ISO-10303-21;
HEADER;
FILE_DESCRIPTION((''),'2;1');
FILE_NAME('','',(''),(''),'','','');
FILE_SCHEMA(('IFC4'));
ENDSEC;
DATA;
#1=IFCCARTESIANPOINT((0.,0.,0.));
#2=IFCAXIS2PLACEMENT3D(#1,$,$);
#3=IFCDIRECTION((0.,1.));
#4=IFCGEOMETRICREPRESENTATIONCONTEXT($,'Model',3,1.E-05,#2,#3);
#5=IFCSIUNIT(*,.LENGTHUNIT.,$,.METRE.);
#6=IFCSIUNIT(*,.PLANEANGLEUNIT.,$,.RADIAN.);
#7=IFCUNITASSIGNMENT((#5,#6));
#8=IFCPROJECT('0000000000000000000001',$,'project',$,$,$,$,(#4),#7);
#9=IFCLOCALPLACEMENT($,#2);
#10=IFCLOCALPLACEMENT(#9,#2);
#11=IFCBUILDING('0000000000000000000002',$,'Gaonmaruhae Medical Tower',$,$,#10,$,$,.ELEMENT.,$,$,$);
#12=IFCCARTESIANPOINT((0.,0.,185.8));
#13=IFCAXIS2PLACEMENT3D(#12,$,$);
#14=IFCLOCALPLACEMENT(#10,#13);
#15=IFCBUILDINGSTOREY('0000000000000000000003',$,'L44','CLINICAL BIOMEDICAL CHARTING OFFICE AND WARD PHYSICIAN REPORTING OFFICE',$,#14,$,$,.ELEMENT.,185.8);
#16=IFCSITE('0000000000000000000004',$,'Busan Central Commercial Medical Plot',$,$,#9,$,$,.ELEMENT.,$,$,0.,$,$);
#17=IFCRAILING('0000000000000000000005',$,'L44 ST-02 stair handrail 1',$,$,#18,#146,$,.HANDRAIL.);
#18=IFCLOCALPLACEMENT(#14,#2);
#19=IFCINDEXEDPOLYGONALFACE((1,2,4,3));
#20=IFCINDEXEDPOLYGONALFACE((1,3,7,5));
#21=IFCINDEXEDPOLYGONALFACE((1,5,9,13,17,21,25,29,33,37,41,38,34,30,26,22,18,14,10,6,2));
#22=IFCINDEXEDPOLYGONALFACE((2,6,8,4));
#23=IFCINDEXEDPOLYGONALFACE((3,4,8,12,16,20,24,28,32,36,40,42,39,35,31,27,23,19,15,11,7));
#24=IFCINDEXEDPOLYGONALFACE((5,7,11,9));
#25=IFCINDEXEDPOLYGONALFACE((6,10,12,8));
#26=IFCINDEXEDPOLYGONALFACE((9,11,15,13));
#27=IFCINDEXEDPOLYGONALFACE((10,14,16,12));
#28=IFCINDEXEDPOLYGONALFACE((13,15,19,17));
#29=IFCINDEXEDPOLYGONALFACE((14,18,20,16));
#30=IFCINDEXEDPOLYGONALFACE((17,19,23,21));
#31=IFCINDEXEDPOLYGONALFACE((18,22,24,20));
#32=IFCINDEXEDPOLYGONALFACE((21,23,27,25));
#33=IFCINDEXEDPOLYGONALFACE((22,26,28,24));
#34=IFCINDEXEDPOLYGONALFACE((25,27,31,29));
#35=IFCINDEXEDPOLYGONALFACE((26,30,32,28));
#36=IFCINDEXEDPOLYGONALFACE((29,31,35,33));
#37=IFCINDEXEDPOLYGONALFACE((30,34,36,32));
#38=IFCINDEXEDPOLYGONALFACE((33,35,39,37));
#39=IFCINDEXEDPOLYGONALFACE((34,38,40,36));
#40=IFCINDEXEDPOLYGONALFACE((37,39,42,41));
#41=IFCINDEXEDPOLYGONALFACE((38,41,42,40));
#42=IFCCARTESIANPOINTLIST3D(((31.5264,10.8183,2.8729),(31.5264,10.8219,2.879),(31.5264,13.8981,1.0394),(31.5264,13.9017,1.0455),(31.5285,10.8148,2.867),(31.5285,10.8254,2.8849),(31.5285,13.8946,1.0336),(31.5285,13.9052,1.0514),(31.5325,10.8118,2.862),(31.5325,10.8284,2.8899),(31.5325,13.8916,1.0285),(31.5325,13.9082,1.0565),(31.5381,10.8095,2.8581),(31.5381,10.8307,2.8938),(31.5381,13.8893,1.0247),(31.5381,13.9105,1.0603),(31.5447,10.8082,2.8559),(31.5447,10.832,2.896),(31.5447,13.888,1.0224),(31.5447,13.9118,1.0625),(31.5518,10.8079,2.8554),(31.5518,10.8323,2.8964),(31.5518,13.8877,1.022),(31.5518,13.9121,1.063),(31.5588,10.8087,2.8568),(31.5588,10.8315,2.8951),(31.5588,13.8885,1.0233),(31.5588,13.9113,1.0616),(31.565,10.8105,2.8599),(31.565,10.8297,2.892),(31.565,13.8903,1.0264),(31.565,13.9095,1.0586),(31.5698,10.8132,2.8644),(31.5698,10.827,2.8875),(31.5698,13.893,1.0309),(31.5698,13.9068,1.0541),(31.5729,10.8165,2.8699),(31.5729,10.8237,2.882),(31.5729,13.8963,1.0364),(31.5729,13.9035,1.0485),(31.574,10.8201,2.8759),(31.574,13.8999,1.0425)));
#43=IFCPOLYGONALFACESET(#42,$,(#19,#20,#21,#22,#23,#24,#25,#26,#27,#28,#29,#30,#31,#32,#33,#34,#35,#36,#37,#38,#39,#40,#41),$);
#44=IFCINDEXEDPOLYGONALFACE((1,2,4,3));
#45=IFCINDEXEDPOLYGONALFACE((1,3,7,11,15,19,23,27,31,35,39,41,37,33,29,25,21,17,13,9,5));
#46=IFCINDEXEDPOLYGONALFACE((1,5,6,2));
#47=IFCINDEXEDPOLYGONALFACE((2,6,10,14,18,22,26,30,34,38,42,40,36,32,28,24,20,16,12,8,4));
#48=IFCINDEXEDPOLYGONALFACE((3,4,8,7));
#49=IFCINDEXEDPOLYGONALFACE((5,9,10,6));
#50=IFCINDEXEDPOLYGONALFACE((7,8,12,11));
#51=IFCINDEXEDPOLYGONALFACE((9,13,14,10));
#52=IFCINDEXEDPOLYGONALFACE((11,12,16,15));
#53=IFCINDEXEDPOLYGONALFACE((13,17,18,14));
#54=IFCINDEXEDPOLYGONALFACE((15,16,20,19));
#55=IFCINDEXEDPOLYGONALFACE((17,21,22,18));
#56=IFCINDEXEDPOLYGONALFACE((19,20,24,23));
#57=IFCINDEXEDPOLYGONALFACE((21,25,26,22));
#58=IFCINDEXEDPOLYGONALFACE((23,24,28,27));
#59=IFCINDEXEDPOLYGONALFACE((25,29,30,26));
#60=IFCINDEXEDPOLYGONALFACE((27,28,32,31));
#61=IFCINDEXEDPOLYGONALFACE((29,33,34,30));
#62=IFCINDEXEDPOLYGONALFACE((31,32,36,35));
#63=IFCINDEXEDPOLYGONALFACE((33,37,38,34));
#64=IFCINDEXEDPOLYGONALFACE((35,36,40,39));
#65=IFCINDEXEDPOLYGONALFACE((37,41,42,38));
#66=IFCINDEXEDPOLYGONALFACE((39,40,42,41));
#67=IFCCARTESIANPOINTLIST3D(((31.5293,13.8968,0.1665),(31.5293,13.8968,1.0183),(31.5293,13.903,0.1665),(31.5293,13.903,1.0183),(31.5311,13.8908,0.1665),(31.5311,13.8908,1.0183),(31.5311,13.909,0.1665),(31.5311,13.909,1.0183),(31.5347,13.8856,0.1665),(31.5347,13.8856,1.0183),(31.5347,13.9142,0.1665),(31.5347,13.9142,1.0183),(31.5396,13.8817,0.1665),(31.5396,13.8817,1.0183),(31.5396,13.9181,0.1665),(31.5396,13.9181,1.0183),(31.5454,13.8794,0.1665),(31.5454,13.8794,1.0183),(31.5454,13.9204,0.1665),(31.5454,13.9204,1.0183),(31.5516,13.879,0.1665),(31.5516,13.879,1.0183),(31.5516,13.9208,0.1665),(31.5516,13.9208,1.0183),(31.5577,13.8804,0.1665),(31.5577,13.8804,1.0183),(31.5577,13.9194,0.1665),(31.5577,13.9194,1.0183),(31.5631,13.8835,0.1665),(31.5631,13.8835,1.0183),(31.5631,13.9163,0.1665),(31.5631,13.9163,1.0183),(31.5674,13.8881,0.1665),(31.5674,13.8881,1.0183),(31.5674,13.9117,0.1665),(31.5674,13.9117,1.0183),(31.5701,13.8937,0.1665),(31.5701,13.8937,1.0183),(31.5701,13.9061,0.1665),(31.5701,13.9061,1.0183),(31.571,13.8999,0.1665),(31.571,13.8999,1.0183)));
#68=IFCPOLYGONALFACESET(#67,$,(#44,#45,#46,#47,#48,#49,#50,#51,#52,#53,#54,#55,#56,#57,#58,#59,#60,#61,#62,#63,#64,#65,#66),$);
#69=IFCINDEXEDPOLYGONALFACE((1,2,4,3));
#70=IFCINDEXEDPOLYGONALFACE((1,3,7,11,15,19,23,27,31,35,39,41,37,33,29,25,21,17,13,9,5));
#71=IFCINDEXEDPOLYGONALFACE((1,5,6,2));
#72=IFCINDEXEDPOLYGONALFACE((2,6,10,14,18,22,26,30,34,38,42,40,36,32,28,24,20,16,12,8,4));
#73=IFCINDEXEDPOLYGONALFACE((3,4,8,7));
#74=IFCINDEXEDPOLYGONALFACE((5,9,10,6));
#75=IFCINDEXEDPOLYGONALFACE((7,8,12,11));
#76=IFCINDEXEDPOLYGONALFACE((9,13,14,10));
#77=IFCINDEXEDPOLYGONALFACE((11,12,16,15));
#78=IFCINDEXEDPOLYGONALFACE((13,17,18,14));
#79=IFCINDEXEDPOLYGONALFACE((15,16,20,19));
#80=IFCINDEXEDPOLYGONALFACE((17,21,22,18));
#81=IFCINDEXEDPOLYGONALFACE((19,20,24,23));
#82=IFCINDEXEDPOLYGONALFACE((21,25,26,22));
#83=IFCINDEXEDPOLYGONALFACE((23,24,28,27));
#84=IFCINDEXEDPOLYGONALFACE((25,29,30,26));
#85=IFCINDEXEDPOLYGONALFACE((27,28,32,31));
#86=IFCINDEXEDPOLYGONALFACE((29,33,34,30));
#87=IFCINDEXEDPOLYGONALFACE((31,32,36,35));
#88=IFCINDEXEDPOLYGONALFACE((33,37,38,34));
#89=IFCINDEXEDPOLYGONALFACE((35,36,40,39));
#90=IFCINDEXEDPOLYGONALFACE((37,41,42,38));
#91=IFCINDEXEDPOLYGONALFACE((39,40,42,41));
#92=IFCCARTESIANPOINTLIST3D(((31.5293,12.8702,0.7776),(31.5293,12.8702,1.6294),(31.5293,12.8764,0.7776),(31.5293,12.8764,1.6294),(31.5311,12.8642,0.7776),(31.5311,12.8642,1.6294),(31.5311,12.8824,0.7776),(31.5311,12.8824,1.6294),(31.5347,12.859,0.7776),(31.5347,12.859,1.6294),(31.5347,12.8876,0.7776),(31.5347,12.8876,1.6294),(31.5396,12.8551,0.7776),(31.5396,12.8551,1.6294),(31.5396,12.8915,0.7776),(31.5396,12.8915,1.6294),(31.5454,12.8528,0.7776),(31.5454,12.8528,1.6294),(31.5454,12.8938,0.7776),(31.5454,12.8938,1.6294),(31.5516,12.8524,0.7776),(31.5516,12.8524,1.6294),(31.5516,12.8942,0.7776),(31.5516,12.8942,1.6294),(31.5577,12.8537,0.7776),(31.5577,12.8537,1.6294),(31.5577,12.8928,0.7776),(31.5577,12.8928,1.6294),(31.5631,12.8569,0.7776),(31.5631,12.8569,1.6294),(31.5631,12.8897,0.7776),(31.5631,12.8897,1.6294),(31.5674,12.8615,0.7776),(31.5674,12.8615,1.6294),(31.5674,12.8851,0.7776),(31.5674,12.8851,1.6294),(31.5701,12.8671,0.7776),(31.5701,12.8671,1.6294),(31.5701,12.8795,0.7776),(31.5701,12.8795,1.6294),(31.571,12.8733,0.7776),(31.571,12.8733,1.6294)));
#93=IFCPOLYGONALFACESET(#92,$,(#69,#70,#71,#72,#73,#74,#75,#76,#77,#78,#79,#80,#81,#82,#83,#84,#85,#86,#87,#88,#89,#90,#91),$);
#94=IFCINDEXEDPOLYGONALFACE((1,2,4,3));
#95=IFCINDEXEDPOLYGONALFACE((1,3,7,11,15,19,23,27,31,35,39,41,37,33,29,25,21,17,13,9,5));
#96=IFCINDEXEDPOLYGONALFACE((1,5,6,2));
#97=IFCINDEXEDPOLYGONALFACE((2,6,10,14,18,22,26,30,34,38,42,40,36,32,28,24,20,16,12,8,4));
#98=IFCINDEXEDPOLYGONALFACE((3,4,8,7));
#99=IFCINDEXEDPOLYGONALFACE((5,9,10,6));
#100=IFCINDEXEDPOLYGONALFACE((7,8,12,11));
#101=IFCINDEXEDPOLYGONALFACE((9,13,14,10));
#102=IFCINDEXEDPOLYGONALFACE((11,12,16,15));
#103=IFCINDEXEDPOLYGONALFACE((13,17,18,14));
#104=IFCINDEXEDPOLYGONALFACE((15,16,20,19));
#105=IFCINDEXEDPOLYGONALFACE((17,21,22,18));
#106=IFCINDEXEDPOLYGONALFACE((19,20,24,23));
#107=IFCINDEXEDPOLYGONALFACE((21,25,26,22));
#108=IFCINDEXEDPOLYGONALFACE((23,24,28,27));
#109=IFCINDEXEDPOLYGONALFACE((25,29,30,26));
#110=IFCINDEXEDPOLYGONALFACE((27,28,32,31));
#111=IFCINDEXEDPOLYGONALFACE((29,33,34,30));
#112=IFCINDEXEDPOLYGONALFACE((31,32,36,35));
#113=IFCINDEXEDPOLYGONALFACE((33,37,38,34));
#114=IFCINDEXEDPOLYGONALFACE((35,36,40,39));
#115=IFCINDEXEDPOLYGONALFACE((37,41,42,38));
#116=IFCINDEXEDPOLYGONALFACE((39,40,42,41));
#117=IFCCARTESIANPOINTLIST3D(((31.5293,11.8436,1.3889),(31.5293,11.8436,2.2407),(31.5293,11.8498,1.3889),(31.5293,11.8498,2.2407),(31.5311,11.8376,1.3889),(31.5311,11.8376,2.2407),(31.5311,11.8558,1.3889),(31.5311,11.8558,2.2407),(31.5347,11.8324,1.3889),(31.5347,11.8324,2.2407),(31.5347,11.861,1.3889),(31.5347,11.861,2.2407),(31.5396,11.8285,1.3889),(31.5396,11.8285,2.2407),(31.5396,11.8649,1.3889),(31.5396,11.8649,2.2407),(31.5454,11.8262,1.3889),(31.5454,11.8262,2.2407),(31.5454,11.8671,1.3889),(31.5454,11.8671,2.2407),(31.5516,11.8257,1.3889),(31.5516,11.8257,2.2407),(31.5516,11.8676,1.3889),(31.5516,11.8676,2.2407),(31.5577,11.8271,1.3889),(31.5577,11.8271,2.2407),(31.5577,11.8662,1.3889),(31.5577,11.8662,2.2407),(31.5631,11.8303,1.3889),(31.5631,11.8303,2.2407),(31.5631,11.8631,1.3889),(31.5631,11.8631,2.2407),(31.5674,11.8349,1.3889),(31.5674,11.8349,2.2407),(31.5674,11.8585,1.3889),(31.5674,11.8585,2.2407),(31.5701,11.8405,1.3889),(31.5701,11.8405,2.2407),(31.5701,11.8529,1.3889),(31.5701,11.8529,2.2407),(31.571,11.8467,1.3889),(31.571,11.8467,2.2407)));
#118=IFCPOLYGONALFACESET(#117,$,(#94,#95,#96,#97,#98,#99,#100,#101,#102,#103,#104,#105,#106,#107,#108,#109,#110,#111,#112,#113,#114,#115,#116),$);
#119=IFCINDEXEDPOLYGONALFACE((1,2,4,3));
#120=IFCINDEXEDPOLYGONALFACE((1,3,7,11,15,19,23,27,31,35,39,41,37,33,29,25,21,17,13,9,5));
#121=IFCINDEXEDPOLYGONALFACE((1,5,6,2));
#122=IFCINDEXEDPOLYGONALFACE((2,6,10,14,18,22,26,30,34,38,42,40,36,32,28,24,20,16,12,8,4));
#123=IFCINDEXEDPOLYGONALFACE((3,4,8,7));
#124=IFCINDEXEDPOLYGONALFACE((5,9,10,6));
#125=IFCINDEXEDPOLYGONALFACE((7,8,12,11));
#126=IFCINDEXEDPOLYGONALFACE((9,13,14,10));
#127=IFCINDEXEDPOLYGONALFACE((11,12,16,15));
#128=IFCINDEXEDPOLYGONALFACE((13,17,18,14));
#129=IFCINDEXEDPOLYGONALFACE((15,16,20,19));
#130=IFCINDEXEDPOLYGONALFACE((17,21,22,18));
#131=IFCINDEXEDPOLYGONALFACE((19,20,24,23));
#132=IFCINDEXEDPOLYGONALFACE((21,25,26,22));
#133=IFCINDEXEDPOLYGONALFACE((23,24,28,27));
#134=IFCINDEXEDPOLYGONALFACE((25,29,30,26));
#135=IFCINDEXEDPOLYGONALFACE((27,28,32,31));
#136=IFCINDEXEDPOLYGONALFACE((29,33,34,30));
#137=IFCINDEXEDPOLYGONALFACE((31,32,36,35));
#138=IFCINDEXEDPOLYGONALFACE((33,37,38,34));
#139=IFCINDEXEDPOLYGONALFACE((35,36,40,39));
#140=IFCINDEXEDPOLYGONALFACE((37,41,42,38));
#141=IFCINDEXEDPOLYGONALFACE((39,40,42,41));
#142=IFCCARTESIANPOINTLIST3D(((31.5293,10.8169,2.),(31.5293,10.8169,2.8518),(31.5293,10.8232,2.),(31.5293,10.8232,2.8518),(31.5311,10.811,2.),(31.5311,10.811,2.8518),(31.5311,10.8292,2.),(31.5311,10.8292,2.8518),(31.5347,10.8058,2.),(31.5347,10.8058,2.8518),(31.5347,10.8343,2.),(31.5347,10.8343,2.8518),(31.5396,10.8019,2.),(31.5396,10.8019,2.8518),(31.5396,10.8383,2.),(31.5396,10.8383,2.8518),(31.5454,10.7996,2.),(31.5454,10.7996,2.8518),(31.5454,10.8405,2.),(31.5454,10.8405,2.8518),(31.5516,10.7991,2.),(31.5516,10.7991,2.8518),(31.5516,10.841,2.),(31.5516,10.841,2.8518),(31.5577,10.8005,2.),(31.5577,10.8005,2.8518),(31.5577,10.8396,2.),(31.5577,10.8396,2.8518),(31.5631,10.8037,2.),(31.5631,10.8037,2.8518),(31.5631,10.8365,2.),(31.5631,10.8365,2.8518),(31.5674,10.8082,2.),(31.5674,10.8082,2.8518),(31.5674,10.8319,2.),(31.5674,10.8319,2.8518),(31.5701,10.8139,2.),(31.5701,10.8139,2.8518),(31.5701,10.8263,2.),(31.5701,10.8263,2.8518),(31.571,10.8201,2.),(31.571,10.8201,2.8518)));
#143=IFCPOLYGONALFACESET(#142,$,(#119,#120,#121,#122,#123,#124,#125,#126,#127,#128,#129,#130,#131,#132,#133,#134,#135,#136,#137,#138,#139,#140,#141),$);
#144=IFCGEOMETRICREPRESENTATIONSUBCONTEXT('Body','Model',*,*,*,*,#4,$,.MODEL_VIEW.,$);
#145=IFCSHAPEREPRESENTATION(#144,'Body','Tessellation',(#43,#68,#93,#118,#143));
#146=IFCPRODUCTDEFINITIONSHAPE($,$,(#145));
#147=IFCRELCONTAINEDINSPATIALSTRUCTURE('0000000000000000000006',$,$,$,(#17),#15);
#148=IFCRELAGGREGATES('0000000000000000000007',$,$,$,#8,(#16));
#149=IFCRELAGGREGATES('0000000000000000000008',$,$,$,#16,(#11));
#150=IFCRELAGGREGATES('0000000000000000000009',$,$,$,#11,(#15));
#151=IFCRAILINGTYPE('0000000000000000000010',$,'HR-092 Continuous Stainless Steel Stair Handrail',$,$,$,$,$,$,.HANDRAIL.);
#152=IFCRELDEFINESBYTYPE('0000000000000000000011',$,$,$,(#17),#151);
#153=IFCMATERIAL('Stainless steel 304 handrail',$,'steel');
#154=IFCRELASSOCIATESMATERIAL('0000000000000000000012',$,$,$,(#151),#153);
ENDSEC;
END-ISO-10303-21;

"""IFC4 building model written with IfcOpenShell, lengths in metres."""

from ifc_helpers import new_model, si_unit, direction, frame, origin, origin_2d, place, context, subcontext, project, spatial, circle, extrude, material, type_object, element, save


model = new_model("IFC4")

# Units and contexts
model_context = context("Model", 3, precision=1e-05, world=origin(), true_north=direction((0.0, 1.0)))
body_context = subcontext(model_context, "Body", "Model", "MODEL_VIEW")
ifc_project = project(units=[si_unit("LENGTHUNIT", "METRE"), si_unit("PLANEANGLEUNIT", "RADIAN")], contexts=[model_context])

# Site, building, storey
site_placement = place(None, origin())
site = spatial("IfcSite", under=ifc_project, at=site_placement, Name="Busan Central Commercial Medical Plot", CompositionType="ELEMENT", RefElevation=0.0)
building_placement = place(site_placement, origin())
building = spatial("IfcBuilding", under=site, at=building_placement, Name="Gaonmaruhae Medical Tower", CompositionType="ELEMENT")
storey_placement = place(building_placement, frame((0.0, 0.0, 185.8)))
storey = spatial("IfcBuildingStorey", under=building, at=storey_placement, Name="L44", Description="CLINICAL BIOMEDICAL CHARTING OFFICE AND WARD PHYSICIAN REPORTING OFFICE", CompositionType="ELEMENT", Elevation=185.8)

# Railing
ifc_material_1 = material(Name="Stainless steel 304 handrail", Category="steel")
railing_type_1 = type_object("IfcRailingType", Name="HR-092 Continuous Stainless Steel Stair Handrail", PredefinedType="HANDRAIL", material=ifc_material_1)
railing_1_placement = place(storey_placement, frame((31.55, 13.8999, 0.1665)))
element("IfcRailing", 1, at=railing_1_placement, inside=storey, type_object=railing_type_1, Name="L44 ST-02 stair handrail 1", PredefinedType="HANDRAIL", context=body_context, shape_type="SweptSolid", body=[
    extrude(circle(Radius=0.0239, at=origin_2d()), frame((0.0, 0.0, 0.876), z_axis=(0.0, -0.859261, 0.511538), x_axis=(1.0, 0.0, 0.0)), (0.0, 0.0, 1.0), 3.5842),
    extrude(circle(Radius=0.021, at=origin_2d()), origin(), (0.0, 0.0, 1.0), 0.8518),
    extrude(circle(Radius=0.021, at=origin_2d()), frame((0.0, -1.0266, 0.6111)), (0.0, 0.0, 1.0), 0.8518),
    extrude(circle(Radius=0.021, at=origin_2d()), frame((0.0, -2.0532, 1.2224)), (0.0, 0.0, 1.0), 0.8518),
    extrude(circle(Radius=0.021, at=origin_2d()), frame((0.0, -3.0798, 1.8335)), (0.0, 0.0, 1.0), 0.8518),
])

save(model, "model.ifc")
